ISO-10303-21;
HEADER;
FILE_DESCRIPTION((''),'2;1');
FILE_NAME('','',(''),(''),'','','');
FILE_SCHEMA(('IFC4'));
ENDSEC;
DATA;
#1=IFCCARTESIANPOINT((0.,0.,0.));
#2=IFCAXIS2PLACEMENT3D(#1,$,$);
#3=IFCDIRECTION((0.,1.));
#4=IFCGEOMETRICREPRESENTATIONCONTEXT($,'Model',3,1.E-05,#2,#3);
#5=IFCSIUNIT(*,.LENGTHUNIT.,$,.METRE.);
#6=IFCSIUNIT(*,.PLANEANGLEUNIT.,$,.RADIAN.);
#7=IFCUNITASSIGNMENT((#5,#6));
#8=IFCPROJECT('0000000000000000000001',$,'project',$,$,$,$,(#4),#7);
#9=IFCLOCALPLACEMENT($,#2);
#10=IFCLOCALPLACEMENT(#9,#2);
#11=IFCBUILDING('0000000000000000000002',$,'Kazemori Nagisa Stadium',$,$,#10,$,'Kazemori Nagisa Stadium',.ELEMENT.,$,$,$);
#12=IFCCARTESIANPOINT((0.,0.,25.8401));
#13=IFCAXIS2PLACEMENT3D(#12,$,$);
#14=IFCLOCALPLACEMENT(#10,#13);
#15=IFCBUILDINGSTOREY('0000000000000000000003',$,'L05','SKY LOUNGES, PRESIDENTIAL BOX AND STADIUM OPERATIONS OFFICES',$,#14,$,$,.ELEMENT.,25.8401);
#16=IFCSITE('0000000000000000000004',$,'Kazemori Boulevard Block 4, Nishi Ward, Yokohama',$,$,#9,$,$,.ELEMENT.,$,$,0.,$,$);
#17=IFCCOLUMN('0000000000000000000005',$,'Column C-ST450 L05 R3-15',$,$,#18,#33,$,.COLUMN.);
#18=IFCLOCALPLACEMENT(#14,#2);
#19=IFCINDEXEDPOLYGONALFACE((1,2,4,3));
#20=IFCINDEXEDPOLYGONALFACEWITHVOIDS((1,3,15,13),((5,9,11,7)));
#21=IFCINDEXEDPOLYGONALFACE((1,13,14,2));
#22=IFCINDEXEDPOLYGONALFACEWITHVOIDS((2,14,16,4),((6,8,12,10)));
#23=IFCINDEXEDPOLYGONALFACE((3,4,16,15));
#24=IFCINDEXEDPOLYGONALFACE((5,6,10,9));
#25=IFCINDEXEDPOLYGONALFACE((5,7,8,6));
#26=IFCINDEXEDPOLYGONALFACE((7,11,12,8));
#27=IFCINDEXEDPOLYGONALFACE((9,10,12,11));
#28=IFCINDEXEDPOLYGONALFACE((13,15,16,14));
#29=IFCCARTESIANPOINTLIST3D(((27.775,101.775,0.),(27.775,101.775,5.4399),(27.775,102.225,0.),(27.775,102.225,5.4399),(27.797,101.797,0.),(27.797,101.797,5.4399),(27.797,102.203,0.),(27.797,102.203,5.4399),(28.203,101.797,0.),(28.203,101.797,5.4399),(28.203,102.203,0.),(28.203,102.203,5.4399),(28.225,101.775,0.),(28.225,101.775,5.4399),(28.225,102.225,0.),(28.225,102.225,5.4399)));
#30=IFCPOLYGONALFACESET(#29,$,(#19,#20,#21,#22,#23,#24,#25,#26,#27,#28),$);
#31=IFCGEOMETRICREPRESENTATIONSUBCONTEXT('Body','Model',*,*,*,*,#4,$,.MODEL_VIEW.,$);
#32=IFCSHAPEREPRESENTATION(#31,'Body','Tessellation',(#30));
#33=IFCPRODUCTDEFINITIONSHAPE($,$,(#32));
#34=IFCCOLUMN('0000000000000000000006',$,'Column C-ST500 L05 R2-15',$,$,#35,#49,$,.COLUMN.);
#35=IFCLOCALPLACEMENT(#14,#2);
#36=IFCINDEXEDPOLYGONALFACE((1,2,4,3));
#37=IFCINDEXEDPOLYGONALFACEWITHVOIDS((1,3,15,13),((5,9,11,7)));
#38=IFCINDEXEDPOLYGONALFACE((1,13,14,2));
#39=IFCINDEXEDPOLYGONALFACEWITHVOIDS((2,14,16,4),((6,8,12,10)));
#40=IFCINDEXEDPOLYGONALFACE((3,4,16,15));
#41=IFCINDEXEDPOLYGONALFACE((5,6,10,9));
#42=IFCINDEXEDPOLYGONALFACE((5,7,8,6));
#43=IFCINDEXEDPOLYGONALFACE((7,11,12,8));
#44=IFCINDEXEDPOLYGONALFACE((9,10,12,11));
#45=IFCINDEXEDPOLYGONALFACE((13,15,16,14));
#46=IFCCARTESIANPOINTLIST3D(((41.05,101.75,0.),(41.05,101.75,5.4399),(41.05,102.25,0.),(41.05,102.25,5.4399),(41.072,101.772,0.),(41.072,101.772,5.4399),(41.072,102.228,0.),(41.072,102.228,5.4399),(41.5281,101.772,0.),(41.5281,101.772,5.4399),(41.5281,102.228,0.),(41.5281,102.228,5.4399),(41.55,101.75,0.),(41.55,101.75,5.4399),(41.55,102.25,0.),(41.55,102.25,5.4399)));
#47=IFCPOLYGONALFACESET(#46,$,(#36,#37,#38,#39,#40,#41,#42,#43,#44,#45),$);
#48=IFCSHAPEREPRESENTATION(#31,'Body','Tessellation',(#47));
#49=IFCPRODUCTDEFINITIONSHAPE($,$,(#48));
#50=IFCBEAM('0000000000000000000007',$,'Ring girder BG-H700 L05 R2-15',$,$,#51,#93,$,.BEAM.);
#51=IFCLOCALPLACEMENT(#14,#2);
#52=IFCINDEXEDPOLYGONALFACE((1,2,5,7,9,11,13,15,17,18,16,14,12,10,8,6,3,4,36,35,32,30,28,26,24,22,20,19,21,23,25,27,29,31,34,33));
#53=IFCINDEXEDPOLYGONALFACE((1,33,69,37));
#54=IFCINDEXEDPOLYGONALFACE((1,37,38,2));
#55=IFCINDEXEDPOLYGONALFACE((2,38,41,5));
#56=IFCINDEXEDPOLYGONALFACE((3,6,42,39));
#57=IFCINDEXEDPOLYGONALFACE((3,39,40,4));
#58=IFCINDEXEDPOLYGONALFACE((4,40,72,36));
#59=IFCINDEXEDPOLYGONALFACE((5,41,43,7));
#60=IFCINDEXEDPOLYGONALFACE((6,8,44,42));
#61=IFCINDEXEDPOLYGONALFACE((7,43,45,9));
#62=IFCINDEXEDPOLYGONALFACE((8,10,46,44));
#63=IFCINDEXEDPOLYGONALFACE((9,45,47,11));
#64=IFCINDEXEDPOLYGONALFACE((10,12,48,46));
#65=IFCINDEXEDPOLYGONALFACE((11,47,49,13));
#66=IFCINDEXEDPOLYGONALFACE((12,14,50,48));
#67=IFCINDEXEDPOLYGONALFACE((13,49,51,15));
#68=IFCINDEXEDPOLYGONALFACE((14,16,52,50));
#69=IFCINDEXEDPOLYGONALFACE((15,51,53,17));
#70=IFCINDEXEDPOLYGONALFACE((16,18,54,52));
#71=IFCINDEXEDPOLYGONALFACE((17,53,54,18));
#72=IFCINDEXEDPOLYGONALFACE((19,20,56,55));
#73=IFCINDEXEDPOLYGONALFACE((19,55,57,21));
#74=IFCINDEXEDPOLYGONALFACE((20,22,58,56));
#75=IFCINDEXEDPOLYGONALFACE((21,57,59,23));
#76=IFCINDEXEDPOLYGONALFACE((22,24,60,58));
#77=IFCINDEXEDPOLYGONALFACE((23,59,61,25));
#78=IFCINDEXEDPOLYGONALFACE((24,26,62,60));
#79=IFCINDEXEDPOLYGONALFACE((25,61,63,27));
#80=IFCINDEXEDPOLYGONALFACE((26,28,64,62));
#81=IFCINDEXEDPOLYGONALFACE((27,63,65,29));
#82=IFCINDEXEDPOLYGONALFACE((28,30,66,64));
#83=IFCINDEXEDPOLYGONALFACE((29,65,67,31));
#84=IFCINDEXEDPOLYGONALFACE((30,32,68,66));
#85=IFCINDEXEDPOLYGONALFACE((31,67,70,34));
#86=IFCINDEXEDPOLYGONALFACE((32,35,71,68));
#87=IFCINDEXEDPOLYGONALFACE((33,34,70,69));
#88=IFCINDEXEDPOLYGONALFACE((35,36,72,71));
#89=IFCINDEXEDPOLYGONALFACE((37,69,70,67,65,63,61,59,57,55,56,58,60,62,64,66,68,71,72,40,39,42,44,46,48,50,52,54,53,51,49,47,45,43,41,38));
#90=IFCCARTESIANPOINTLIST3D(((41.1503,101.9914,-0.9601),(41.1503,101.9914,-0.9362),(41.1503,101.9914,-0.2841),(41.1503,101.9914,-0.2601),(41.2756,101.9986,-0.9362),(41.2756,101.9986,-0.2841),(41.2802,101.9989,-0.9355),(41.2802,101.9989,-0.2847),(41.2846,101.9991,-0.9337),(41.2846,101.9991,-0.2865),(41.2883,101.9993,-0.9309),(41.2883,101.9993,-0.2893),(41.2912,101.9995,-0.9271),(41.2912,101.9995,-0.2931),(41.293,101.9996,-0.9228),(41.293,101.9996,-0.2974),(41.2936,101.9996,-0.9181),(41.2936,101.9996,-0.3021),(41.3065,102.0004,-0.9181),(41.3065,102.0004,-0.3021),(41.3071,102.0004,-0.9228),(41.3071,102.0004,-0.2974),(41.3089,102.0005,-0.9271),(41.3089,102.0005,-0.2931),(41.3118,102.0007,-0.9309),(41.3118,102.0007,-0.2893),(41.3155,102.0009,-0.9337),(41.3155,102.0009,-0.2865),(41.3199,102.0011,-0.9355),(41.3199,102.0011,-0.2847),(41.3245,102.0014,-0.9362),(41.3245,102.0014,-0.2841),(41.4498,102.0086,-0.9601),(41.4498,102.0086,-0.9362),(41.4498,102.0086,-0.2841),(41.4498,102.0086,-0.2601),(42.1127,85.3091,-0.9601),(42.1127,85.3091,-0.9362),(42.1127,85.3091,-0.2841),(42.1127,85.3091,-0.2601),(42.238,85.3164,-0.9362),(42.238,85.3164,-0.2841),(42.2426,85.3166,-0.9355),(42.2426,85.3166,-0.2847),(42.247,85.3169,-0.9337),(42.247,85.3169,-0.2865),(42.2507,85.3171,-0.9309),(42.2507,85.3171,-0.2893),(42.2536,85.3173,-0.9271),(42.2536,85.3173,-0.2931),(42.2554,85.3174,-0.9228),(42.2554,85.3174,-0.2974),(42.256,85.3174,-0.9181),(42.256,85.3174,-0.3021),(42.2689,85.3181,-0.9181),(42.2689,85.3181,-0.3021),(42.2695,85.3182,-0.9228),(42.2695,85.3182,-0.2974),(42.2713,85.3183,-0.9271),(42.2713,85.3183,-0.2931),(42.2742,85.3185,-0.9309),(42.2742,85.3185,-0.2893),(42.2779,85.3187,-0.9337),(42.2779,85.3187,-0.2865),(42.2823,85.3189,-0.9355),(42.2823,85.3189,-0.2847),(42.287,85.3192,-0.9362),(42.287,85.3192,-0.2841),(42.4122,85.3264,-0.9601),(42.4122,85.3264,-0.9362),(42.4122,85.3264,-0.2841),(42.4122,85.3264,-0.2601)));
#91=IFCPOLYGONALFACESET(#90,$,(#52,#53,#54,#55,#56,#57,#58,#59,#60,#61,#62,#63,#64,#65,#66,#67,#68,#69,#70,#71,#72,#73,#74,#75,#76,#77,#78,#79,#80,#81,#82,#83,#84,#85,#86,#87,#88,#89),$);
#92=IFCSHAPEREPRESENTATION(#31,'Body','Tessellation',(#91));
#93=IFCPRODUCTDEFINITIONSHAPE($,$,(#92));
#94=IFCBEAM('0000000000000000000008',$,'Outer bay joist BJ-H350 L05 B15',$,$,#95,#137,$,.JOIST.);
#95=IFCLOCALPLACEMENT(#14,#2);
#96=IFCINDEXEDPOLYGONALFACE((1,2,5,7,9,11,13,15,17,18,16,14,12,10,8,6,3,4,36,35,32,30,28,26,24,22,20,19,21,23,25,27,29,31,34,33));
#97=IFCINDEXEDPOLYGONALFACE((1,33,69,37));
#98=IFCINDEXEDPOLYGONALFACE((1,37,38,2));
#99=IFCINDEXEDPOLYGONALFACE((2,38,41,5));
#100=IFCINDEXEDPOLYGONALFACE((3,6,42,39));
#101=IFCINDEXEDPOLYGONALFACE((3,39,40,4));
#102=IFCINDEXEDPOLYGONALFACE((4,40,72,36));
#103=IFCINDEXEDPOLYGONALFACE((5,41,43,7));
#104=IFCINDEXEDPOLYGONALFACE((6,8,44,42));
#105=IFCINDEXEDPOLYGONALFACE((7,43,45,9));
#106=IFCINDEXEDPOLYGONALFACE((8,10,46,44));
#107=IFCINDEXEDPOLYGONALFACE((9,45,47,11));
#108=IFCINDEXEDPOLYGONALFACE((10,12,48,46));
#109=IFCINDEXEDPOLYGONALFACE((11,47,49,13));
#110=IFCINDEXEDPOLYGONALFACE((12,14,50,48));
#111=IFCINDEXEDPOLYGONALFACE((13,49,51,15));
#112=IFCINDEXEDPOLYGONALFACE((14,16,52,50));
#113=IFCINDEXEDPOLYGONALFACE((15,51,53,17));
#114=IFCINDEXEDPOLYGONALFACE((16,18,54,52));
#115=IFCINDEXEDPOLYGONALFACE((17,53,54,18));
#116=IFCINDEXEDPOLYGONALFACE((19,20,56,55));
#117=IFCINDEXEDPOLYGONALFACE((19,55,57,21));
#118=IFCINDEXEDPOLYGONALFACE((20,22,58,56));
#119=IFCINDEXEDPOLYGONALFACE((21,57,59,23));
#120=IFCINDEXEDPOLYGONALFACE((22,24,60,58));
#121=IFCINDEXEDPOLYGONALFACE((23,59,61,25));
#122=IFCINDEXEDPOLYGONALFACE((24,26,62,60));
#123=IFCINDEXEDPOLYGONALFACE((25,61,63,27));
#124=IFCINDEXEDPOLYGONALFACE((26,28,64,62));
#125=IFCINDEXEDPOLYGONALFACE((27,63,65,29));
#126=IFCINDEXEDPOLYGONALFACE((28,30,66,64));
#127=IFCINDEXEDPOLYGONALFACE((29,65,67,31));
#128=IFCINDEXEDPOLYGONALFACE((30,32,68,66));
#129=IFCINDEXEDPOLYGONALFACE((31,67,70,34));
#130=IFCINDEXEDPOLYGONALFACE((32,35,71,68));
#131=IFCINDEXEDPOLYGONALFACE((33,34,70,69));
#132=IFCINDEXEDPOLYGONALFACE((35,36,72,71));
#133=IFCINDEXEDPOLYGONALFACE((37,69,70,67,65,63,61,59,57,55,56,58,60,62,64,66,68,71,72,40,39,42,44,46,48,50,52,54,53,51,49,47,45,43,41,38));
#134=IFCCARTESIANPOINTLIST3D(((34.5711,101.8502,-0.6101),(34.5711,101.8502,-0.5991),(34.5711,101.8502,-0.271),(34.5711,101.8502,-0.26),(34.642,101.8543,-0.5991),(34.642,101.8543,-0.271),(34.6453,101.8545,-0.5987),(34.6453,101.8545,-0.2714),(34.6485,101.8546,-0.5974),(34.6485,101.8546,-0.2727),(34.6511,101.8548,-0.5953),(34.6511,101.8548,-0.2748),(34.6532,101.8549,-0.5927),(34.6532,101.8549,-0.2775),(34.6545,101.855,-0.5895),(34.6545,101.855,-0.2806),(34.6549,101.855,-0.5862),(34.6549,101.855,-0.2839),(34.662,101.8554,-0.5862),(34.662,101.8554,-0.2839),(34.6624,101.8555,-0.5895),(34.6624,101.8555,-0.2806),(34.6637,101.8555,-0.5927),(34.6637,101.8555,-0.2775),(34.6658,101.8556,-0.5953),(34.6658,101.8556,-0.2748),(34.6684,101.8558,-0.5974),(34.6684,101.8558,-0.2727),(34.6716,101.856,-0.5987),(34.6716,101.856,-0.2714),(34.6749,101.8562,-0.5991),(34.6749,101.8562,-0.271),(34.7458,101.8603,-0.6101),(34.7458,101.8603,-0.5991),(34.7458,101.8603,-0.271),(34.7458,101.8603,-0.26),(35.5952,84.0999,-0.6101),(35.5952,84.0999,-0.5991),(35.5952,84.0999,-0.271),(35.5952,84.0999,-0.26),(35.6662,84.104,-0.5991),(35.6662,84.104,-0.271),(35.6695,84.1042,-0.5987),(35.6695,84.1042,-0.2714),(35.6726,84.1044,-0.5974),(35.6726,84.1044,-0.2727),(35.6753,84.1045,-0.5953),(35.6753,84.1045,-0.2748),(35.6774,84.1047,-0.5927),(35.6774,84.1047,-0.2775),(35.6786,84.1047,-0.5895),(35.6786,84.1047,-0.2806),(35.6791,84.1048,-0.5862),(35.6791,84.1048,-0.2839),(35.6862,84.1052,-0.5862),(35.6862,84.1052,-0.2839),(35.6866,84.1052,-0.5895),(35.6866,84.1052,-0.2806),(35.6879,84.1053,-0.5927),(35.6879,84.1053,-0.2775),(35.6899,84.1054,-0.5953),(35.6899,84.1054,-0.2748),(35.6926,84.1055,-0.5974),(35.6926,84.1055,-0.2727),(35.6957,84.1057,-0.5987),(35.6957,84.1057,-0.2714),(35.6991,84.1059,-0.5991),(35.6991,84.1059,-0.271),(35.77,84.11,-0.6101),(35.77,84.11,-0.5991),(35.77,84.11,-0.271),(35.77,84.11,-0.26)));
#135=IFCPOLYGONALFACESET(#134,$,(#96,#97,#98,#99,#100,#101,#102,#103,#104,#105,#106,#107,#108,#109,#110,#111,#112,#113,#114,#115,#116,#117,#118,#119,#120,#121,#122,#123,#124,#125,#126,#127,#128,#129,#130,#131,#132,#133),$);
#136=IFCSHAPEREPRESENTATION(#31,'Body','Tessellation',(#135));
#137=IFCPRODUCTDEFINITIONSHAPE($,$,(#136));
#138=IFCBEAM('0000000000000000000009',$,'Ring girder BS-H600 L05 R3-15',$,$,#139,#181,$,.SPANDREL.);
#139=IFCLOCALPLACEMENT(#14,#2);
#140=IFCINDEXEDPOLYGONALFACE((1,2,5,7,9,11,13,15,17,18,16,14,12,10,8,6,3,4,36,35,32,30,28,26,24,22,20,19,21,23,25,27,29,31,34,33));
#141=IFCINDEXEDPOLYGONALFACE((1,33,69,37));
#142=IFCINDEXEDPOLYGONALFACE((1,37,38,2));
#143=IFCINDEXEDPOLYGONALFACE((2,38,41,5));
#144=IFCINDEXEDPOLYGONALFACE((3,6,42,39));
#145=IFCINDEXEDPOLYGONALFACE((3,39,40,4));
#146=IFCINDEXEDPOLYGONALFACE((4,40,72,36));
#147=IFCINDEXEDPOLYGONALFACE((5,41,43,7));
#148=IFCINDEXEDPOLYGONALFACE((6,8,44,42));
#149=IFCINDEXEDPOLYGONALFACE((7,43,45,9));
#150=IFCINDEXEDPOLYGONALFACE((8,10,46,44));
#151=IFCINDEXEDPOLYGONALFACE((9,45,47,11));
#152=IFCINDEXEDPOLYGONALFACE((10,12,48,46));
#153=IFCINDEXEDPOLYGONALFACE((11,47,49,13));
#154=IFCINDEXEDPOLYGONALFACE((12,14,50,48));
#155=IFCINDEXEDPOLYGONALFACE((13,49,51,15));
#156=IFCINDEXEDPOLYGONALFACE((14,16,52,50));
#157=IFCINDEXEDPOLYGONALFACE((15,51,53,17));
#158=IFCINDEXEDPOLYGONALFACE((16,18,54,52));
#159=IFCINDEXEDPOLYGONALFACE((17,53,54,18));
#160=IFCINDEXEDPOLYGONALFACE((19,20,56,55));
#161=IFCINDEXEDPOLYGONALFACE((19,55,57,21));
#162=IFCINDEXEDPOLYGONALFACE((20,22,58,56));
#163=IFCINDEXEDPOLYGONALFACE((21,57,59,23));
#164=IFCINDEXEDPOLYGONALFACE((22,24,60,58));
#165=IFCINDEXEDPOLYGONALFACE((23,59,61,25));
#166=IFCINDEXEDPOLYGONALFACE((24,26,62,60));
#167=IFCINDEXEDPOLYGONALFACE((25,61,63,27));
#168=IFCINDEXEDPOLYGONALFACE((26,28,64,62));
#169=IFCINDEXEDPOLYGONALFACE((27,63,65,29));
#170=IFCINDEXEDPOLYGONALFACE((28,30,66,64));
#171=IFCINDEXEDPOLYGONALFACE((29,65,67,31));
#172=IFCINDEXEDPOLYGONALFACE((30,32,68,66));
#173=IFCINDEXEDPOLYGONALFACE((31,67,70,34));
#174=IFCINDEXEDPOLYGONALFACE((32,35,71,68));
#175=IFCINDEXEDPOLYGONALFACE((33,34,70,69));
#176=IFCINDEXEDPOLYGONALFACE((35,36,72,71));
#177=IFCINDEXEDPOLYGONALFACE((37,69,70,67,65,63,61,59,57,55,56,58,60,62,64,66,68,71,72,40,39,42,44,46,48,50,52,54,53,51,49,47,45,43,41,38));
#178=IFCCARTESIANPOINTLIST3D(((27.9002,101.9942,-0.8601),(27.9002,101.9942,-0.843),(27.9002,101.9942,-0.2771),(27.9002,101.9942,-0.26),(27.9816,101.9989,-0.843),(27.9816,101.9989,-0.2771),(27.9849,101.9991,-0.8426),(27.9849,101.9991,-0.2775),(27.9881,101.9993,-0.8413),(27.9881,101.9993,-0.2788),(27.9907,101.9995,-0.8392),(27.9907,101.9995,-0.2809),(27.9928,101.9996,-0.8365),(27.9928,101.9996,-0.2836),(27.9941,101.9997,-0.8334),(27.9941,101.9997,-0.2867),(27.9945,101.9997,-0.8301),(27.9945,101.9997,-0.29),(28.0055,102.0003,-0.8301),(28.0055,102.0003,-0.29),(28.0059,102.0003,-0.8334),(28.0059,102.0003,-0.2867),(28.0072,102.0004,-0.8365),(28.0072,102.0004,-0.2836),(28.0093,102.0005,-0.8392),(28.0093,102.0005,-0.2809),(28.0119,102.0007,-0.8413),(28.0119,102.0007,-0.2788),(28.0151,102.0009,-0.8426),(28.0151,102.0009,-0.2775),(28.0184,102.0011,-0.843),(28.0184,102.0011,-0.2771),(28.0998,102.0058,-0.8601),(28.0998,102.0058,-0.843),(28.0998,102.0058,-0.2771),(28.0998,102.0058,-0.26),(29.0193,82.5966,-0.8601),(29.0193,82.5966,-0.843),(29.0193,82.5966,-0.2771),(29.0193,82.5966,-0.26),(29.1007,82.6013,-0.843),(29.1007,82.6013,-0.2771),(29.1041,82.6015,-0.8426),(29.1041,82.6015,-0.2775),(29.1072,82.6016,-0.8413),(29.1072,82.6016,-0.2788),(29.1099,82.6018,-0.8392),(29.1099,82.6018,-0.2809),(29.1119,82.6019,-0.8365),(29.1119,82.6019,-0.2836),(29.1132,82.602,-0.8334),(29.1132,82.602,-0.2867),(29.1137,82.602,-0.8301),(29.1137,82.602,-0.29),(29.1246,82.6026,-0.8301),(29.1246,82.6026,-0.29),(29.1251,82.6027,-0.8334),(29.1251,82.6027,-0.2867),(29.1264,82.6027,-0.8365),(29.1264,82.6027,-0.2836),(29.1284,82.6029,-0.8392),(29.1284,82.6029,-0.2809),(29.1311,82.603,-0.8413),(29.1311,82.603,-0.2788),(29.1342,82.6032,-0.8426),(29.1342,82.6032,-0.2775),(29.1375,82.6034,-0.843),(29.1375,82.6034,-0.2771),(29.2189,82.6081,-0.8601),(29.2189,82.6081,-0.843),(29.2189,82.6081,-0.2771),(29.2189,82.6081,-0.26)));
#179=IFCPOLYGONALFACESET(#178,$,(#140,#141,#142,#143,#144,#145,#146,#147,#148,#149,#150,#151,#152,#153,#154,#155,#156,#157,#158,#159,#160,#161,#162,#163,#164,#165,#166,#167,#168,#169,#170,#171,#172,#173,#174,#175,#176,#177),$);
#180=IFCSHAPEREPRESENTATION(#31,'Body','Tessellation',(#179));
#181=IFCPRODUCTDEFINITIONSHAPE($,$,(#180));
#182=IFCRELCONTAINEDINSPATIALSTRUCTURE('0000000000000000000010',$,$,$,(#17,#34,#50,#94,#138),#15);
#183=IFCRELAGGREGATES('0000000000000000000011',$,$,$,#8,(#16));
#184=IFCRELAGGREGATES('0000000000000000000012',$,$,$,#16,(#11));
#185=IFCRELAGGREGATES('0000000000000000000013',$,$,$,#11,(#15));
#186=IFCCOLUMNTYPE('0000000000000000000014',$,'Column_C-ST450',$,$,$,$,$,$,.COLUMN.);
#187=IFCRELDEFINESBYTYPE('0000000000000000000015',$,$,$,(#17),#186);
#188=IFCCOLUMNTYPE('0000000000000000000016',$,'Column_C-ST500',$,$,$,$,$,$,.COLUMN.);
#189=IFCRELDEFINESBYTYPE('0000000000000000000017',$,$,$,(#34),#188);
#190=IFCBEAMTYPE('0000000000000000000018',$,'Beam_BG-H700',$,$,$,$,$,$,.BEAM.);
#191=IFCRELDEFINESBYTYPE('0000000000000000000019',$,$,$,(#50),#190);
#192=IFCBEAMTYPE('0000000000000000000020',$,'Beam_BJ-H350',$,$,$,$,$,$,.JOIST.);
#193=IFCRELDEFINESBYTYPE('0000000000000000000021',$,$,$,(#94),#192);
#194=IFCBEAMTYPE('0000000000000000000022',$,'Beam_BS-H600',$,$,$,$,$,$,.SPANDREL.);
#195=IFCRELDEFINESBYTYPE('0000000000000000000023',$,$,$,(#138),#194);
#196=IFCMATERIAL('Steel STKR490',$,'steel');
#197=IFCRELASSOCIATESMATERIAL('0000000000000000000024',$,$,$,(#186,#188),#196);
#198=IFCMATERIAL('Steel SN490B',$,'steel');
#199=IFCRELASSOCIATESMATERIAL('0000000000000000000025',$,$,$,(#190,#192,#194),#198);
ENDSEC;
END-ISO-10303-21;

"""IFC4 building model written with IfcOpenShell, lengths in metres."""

from ifc_helpers import new_model, si_unit, direction, frame, origin, origin_2d, place, context, subcontext, project, spatial, hollow_rectangle, i_section, extrude, material, material_profile, profile_set, type_object, element, save


model = new_model("IFC4")

# Units and contexts
model_context = context("Model", 3, precision=1e-05, world=origin(), true_north=direction((0.0, 1.0)))
body_context = subcontext(model_context, "Body", "Model", "MODEL_VIEW")
ifc_project = project(units=[si_unit("LENGTHUNIT", "METRE"), si_unit("PLANEANGLEUNIT", "RADIAN")], contexts=[model_context])

# Site, building, storey
site_placement = place(None, origin())
site = spatial("IfcSite", under=ifc_project, at=site_placement, Name="Kazemori Boulevard Block 4, Nishi Ward, Yokohama", CompositionType="ELEMENT", RefElevation=0.0)
building_placement = place(site_placement, origin())
building = spatial("IfcBuilding", under=site, at=building_placement, Name="Kazemori Nagisa Stadium", LongName="Kazemori Nagisa Stadium", CompositionType="ELEMENT")
storey_placement = place(building_placement, frame((0.0, 0.0, 25.8401)))
storey = spatial("IfcBuildingStorey", under=building, at=storey_placement, Name="L05", Description="SKY LOUNGES, PRESIDENTIAL BOX AND STADIUM OPERATIONS OFFICES", CompositionType="ELEMENT", Elevation=25.8401)

# Columns
ifc_material_1 = material(Name="Steel STKR490", Category="steel")
ifc_material_profile_1 = material_profile(ifc_material_1, hollow_rectangle(XDim=0.45, YDim=0.45, WallThickness=0.022, at=origin_2d()), Name="SHS-450x450x22")
ifc_profile_set_1 = profile_set([ifc_material_profile_1], Name="Steel STKR490")
column_type_1 = type_object("IfcColumnType", Name="Column_C-ST450", PredefinedType="COLUMN", material=ifc_profile_set_1)
column_1_placement = place(storey_placement, frame((28.0, 102.0, 0.0), z_axis=(0.0, 0.0, 1.0), x_axis=(-1.0, 0.0, 0.0)))
element("IfcColumn", 1, at=column_1_placement, inside=storey, type_object=column_type_1, Name="Column C-ST450 L05 R3-15", PredefinedType="COLUMN", context=body_context, shape_type="SweptSolid", body=[
    extrude(hollow_rectangle(XDim=0.45, YDim=0.45, WallThickness=0.022, at=origin_2d()), origin(), (0.0, 0.0, 1.0), 5.4399),
])
ifc_material_profile_2 = material_profile(ifc_material_1, hollow_rectangle(XDim=0.5, YDim=0.5, WallThickness=0.022, at=origin_2d()), Name="SHS-500x500x22")
ifc_profile_set_2 = profile_set([ifc_material_profile_2], Name="Steel STKR490")
column_type_2 = type_object("IfcColumnType", Name="Column_C-ST500", PredefinedType="COLUMN", material=ifc_profile_set_2)
column_2_placement = place(storey_placement, frame((41.3, 102.0, 0.0), z_axis=(0.0, 0.0, 1.0), x_axis=(-1.0, 0.0, 0.0)))
element("IfcColumn", 2, at=column_2_placement, inside=storey, type_object=column_type_2, Name="Column C-ST500 L05 R2-15", PredefinedType="COLUMN", context=body_context, shape_type="SweptSolid", body=[
    extrude(hollow_rectangle(XDim=0.5, YDim=0.5, WallThickness=0.022, at=origin_2d()), origin(), (0.0, 0.0, 1.0), 5.4399),
])

# Beams
ifc_material_2 = material(Name="Steel SN490B", Category="steel")
ifc_material_profile_3 = material_profile(ifc_material_2, i_section(OverallWidth=0.3, OverallDepth=0.7, WebThickness=0.0129, FlangeThickness=0.0239, FilletRadius=0.0181, at=origin_2d()), Name="H-700x300x13x24")
ifc_profile_set_3 = profile_set([ifc_material_profile_3], Name="Steel SN490B")
beam_type_1 = type_object("IfcBeamType", Name="Beam_BG-H700", PredefinedType="BEAM", material=ifc_profile_set_3)
beam_1_placement = place(storey_placement, frame((41.3, 102.0, -0.6101), z_axis=(0.057595, -0.99834, 0.0), x_axis=(0.99834, 0.057595, 0.0)))
element("IfcBeam", 3, at=beam_1_placement, inside=storey, type_object=beam_type_1, Name="Ring girder BG-H700 L05 R2-15", PredefinedType="BEAM", context=body_context, shape_type="SweptSolid", body=[
    extrude(i_section(OverallWidth=0.3, OverallDepth=0.7, WebThickness=0.0129, FlangeThickness=0.0239, FilletRadius=0.0181, at=origin_2d()), origin(), (0.0, 0.0, 1.0), 16.71),
])
ifc_material_profile_4 = material_profile(ifc_material_2, i_section(OverallWidth=0.175, OverallDepth=0.3501, WebThickness=0.0071, FlangeThickness=0.011, FilletRadius=0.0129, at=origin_2d()), Name="H-350x175x7x11")
ifc_profile_set_4 = profile_set([ifc_material_profile_4], Name="Steel SN490B")
beam_type_2 = type_object("IfcBeamType", Name="Beam_BJ-H350", PredefinedType="JOIST", material=ifc_profile_set_4)
beam_2_placement = place(storey_placement, frame((34.6584, 101.8552, -0.4351), z_axis=(0.057603, -0.99834, 0.0), x_axis=(0.99834, 0.057603, 0.0)))
element("IfcBeam", 4, at=beam_2_placement, inside=storey, type_object=beam_type_2, Name="Outer bay joist BJ-H350 L05 B15", PredefinedType="JOIST", context=body_context, shape_type="SweptSolid", body=[
    extrude(i_section(OverallWidth=0.175, OverallDepth=0.3501, WebThickness=0.0071, FlangeThickness=0.011, FilletRadius=0.0129, at=origin_2d()), origin(), (0.0, 0.0, 1.0), 17.7798),
])
ifc_material_profile_5 = material_profile(ifc_material_2, i_section(OverallWidth=0.2, OverallDepth=0.6001, WebThickness=0.011, FlangeThickness=0.0171, FilletRadius=0.0129, at=origin_2d()), Name="H-600x200x11x17")
ifc_profile_set_5 = profile_set([ifc_material_profile_5], Name="Steel SN490B")
beam_type_3 = type_object("IfcBeamType", Name="Beam_BS-H600", PredefinedType="SPANDREL", material=ifc_profile_set_5)
beam_3_placement = place(storey_placement, frame((28.0, 102.0, -0.5601), z_axis=(0.057599, -0.99834, 0.0), x_axis=(0.99834, 0.057599, 0.0)))
element("IfcBeam", 5, at=beam_3_placement, inside=storey, type_object=beam_type_3, Name="Ring girder BS-H600 L05 R3-15", PredefinedType="SPANDREL", context=body_context, shape_type="SweptSolid", body=[
    extrude(i_section(OverallWidth=0.2, OverallDepth=0.6001, WebThickness=0.011, FlangeThickness=0.0171, FilletRadius=0.0129, at=origin_2d()), origin(), (0.0, 0.0, 1.0), 19.4299),
])

save(model, "model.ifc")
